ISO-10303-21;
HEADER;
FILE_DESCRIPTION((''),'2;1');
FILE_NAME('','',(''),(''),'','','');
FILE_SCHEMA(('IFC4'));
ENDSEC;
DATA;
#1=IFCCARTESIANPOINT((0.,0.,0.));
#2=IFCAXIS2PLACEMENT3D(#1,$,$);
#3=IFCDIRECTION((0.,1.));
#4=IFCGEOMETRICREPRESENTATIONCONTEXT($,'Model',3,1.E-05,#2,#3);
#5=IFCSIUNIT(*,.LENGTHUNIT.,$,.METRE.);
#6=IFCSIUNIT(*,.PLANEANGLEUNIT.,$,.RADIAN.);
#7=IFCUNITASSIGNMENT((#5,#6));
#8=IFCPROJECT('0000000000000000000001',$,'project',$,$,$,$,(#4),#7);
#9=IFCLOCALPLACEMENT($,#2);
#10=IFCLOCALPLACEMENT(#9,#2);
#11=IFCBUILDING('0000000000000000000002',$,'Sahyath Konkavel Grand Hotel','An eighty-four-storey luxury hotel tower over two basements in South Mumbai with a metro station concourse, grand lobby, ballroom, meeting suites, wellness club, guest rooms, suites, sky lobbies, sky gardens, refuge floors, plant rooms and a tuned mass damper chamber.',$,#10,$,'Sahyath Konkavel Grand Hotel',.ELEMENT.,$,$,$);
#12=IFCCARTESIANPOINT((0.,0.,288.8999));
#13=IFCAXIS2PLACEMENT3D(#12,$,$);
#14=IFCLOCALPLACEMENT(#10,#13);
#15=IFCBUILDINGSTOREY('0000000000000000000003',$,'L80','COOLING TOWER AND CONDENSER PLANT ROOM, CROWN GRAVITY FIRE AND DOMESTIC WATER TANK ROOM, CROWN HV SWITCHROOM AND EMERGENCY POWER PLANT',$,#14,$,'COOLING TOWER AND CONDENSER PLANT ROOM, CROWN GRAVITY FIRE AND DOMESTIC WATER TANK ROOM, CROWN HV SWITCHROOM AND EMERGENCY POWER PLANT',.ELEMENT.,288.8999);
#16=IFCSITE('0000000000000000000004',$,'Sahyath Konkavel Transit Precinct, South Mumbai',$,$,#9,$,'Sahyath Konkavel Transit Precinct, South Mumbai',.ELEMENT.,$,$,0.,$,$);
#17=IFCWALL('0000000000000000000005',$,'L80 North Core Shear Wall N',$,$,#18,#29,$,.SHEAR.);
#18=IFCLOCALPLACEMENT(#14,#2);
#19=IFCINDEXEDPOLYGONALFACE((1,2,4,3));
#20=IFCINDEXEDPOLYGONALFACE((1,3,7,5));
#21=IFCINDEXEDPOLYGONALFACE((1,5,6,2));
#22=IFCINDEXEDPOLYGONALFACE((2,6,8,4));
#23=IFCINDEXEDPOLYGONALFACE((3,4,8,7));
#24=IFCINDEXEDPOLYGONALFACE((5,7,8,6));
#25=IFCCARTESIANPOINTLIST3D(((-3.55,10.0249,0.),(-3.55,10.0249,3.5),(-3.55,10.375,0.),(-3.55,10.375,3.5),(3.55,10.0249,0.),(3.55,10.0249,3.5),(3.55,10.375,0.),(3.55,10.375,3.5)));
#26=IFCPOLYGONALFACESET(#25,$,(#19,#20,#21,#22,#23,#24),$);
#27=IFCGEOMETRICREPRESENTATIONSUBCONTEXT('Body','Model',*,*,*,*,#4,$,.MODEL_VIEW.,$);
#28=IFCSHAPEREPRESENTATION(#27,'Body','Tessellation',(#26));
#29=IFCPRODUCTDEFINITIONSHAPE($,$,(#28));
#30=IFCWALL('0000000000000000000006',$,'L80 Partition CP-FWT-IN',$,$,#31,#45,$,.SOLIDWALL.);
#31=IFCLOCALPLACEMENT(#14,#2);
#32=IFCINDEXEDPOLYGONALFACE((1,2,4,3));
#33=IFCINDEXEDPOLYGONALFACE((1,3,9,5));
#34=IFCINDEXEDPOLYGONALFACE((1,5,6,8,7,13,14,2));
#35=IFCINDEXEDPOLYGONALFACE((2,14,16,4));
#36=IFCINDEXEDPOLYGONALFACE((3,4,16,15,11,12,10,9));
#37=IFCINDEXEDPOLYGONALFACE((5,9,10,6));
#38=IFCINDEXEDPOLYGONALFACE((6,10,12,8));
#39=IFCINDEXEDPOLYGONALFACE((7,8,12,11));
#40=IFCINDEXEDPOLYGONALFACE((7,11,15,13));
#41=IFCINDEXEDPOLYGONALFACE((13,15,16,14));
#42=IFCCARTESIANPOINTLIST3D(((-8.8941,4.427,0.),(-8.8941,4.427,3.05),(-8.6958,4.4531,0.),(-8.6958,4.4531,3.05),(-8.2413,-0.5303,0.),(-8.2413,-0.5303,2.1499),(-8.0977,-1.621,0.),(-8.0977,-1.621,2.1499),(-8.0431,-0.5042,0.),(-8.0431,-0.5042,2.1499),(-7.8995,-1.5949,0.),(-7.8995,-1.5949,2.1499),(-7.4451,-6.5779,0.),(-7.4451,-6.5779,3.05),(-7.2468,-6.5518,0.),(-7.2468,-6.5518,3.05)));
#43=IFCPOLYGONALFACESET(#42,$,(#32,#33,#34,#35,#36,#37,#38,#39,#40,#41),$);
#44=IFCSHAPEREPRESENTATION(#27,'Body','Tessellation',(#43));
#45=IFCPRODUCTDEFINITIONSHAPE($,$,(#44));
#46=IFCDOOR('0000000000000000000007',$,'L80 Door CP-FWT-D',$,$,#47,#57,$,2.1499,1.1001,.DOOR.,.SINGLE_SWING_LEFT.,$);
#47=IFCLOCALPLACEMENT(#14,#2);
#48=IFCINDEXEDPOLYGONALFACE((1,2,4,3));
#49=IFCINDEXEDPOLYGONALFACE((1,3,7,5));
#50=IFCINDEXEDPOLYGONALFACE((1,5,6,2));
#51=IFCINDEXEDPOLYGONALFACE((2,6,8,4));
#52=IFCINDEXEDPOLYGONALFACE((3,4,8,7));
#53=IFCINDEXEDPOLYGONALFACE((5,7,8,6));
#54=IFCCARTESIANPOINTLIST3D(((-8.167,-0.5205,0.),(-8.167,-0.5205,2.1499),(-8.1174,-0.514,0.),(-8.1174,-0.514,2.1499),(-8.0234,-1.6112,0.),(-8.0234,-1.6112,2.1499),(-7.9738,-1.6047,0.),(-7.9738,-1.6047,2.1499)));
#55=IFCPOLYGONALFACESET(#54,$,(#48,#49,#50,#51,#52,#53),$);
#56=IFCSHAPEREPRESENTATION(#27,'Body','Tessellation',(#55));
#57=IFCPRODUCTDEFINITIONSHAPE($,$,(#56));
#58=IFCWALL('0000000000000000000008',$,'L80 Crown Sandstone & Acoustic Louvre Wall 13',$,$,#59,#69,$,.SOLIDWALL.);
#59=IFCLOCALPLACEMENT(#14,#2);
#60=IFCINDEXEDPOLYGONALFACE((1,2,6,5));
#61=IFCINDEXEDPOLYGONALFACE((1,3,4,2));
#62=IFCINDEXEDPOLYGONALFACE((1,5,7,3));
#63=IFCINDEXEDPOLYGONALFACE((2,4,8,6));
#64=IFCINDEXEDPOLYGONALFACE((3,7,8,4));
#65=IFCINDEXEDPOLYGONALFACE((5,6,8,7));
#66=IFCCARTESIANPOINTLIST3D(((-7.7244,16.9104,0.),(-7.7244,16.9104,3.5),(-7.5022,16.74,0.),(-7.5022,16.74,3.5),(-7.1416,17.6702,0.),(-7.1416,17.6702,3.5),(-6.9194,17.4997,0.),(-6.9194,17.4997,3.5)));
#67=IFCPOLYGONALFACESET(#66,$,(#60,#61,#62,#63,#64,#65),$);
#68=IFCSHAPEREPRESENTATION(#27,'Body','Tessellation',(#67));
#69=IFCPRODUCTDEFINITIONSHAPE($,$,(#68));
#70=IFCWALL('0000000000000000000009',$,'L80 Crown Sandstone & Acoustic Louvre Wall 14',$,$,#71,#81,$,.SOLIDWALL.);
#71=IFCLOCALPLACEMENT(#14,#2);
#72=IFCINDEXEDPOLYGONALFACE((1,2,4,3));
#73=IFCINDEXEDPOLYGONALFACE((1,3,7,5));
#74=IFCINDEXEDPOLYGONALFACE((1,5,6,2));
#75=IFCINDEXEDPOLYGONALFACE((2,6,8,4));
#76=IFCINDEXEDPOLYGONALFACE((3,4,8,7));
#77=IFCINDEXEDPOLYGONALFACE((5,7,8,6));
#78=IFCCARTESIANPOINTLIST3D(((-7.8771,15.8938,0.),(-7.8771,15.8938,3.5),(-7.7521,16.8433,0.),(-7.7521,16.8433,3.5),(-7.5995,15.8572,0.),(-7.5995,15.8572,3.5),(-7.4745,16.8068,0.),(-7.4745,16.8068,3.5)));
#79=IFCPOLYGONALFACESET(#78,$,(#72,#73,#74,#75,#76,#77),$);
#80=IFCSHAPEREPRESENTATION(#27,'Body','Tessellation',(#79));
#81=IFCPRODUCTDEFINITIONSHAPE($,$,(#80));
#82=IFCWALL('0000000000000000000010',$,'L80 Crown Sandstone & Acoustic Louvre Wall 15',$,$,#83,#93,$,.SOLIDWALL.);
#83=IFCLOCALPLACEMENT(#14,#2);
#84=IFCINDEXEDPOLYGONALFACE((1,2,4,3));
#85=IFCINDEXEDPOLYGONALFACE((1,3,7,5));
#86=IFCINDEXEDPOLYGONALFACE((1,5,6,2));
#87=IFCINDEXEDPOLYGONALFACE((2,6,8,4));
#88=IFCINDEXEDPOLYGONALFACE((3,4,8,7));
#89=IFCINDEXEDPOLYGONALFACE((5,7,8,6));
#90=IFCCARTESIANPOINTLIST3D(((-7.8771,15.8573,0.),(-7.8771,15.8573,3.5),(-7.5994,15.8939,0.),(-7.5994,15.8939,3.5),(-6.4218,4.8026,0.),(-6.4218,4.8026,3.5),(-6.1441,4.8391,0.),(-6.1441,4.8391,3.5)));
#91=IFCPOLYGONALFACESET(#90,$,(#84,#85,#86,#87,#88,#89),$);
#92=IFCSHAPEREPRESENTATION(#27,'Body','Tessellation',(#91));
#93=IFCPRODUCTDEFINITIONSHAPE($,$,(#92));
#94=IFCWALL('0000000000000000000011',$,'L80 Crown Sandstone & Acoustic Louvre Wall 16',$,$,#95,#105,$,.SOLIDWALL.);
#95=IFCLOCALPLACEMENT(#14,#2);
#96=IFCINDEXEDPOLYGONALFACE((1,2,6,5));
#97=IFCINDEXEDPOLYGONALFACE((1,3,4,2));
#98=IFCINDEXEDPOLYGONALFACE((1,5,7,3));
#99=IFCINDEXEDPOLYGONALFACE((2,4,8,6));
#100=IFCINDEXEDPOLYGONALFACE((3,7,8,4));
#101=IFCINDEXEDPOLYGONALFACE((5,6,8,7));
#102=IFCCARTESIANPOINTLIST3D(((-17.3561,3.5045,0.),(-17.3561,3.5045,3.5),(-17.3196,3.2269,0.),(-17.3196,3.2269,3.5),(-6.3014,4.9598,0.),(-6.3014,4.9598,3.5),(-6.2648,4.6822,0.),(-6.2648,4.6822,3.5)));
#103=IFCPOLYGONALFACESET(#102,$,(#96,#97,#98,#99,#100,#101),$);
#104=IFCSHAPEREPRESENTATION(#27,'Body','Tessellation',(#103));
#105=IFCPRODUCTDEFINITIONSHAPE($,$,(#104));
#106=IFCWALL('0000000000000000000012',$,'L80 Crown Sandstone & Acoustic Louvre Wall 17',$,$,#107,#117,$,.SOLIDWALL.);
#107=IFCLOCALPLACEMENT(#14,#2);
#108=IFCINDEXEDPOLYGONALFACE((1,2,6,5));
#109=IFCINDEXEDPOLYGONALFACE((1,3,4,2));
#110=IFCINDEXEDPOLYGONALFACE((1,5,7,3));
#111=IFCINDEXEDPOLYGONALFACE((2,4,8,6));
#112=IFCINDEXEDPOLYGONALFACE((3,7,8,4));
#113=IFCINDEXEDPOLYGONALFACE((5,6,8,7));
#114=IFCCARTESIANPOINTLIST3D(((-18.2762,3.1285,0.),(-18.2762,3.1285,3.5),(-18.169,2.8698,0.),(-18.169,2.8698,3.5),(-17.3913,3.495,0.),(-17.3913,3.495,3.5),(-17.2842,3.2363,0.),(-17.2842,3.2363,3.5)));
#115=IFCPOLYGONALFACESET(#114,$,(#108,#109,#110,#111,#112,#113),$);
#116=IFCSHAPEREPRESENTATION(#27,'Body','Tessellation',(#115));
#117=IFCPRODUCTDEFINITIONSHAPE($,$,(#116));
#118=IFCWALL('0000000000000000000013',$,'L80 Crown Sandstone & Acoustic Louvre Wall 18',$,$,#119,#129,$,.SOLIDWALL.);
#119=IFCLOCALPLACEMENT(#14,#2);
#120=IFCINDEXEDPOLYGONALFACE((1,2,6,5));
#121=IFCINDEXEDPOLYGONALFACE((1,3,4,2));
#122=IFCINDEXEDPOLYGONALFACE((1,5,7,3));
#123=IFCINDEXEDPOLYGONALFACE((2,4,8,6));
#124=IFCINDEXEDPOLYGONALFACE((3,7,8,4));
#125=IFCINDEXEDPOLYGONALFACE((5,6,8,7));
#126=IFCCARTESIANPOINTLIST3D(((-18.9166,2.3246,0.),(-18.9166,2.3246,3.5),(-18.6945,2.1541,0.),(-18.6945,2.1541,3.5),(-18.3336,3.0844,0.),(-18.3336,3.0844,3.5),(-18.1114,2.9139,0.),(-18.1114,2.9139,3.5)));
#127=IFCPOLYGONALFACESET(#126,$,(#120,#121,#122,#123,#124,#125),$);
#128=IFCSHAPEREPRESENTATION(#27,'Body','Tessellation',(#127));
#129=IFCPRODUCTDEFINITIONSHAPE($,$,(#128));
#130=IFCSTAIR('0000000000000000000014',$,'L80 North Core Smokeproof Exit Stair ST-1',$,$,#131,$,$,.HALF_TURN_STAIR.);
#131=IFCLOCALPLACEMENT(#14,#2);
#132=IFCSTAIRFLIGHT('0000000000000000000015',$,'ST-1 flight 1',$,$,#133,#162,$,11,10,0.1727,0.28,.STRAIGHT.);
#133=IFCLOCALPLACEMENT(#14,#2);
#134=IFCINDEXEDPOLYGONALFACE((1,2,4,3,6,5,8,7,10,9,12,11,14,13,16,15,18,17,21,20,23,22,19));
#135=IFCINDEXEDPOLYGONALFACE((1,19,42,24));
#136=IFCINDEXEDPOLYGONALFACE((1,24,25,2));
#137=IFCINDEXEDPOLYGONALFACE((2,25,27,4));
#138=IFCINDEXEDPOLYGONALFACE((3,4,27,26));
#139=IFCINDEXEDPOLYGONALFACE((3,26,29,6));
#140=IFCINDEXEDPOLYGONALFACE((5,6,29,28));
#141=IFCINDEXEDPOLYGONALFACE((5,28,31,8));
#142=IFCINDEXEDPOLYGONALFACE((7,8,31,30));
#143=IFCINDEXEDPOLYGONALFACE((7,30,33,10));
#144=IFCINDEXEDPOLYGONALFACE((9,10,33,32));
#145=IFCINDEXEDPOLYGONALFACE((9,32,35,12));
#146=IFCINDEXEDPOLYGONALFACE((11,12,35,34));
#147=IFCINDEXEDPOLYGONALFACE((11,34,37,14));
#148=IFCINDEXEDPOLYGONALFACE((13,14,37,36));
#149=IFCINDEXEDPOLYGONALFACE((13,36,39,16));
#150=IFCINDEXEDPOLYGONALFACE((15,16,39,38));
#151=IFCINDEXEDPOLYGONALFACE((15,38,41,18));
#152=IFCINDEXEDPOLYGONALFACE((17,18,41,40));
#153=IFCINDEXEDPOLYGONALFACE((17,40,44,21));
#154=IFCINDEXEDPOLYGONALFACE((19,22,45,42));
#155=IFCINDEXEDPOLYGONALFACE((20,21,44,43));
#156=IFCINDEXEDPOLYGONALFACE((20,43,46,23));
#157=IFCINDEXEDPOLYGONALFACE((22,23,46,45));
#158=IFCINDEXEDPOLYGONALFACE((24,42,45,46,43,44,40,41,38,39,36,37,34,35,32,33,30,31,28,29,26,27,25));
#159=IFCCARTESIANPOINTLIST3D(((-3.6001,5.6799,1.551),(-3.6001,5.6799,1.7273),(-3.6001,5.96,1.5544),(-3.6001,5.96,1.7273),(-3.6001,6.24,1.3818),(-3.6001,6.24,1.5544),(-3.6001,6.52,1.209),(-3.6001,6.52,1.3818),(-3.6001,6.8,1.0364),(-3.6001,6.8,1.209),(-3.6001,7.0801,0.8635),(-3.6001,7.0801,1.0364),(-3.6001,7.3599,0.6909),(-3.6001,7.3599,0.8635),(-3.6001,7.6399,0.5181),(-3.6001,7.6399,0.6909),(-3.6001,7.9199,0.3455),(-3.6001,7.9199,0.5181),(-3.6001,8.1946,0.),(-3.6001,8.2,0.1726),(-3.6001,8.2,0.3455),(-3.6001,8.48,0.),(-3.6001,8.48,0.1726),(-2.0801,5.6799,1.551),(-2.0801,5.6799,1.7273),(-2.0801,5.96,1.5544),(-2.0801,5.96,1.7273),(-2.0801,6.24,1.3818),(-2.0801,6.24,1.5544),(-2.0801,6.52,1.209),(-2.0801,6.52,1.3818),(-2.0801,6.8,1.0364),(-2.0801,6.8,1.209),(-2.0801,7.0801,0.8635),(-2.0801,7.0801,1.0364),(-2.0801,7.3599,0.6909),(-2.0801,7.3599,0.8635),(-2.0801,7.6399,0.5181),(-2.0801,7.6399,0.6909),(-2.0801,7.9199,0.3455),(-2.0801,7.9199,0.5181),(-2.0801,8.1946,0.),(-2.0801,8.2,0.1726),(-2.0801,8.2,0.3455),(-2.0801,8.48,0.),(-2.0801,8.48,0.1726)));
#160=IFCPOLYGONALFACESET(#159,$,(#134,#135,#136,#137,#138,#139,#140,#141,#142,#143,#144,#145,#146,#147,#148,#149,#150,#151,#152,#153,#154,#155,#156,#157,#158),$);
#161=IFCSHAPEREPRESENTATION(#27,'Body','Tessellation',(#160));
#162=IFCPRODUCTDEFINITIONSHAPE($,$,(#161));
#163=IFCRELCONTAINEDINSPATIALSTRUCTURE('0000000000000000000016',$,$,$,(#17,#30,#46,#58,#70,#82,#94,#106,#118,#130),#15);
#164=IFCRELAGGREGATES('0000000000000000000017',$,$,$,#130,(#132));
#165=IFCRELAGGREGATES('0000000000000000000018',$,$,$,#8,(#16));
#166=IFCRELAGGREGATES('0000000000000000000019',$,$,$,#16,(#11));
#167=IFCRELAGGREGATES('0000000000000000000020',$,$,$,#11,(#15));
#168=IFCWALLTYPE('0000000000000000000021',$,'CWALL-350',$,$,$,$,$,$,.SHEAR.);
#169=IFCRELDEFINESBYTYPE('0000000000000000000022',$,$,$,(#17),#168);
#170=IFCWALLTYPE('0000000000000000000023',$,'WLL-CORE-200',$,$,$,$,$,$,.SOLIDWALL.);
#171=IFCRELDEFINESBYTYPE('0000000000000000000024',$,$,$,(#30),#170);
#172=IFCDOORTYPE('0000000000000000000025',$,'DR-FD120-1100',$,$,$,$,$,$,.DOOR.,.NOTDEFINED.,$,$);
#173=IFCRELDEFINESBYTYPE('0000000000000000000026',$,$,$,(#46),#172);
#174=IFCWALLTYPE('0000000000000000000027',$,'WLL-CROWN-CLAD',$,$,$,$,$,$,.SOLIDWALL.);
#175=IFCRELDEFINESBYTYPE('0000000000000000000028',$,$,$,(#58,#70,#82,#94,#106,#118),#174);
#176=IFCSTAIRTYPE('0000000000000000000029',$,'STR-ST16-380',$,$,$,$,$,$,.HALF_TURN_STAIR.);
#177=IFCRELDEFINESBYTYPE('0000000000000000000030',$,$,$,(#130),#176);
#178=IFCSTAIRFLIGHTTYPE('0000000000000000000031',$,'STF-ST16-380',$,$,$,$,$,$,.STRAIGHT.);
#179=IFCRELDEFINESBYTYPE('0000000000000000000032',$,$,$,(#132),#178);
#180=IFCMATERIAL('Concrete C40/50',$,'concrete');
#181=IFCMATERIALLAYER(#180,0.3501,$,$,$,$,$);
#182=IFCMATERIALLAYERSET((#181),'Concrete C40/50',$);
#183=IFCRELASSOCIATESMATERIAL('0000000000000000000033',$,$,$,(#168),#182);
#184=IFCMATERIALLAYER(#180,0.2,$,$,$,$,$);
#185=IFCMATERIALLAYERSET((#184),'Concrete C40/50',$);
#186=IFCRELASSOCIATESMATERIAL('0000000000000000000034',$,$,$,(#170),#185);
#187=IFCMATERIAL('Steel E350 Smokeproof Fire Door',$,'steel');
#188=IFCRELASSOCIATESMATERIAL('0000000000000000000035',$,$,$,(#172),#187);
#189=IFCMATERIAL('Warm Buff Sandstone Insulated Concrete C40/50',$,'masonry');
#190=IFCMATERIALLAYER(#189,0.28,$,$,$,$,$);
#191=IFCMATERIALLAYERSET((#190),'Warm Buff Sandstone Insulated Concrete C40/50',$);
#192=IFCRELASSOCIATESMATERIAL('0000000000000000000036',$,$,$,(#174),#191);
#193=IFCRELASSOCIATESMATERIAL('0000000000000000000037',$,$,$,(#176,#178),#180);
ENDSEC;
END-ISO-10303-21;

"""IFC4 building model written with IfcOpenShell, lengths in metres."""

from ifc_helpers import new_model, si_unit, direction, frame, frame_2d, origin, origin_2d, place, context, subcontext, project, spatial, polyline, rectangle, outline, extrude, source, transform, mapped, material, layer, layer_set, type_object, element, fill, aggregate, save


model = new_model("IFC4")

# Units and contexts
model_context = context("Model", 3, precision=1e-05, world=origin(), true_north=direction((0.0, 1.0)))
body_context = subcontext(model_context, "Body", "Model", "MODEL_VIEW")
ifc_project = project(units=[si_unit("LENGTHUNIT", "METRE"), si_unit("PLANEANGLEUNIT", "RADIAN")], contexts=[model_context])

# Site, building, storey
site_placement = place(None, origin())
site = spatial("IfcSite", under=ifc_project, at=site_placement, Name="Sahyath Konkavel Transit Precinct, South Mumbai", LongName="Sahyath Konkavel Transit Precinct, South Mumbai", CompositionType="ELEMENT", RefElevation=0.0)
building_placement = place(site_placement, origin())
building = spatial("IfcBuilding", under=site, at=building_placement, Name="Sahyath Konkavel Grand Hotel", Description="An eighty-four-storey luxury hotel tower over two basements in South Mumbai with a metro station concourse, grand lobby, ballroom, meeting suites, wellness club, guest rooms, suites, sky lobbies, sky gardens, refuge floors, plant rooms and a tuned mass damper chamber.", LongName="Sahyath Konkavel Grand Hotel", CompositionType="ELEMENT")
storey_placement = place(building_placement, frame((0.0, 0.0, 288.8999)))
storey = spatial("IfcBuildingStorey", under=building, at=storey_placement, Name="L80", Description="COOLING TOWER AND CONDENSER PLANT ROOM, CROWN GRAVITY FIRE AND DOMESTIC WATER TANK ROOM, CROWN HV SWITCHROOM AND EMERGENCY POWER PLANT", LongName="COOLING TOWER AND CONDENSER PLANT ROOM, CROWN GRAVITY FIRE AND DOMESTIC WATER TANK ROOM, CROWN HV SWITCHROOM AND EMERGENCY POWER PLANT", CompositionType="ELEMENT", Elevation=288.8999)

# Shared definitions
ifc_material_1 = material(Name="Concrete C40/50", Category="concrete")

# Wall
ifc_layer_1 = layer(ifc_material_1, 0.3501)
ifc_layer_set_1 = layer_set([ifc_layer_1], Name="Concrete C40/50")
wall_type_1 = type_object("IfcWallType", Name="CWALL-350", PredefinedType="SHEAR", material=ifc_layer_set_1)
wall_1_placement = place(storey_placement, frame((-3.55, 10.2, 0.0), z_axis=(0.0, 0.0, 1.0), x_axis=(1.0, 0.0, 0.0)))
element("IfcWall", 1, at=wall_1_placement, inside=storey, type_object=wall_type_1, Name="L80 North Core Shear Wall N", PredefinedType="SHEAR", context=body_context, shape_type="SweptSolid", body=[
    extrude(rectangle(XDim=7.1001, YDim=0.3501, at=frame_2d((3.55, 0.0))), origin(), (0.0, 0.0, 1.0), 3.5),
])

# Wall, opening, door
ifc_layer_2 = layer(ifc_material_1, 0.2)
ifc_layer_set_2 = layer_set([ifc_layer_2], Name="Concrete C40/50")
wall_type_2 = type_object("IfcWallType", Name="WLL-CORE-200", PredefinedType="SOLIDWALL", material=ifc_layer_set_2)
wall_2_placement = place(storey_placement, frame((-8.7949, 4.4399, 0.0), z_axis=(0.0, 0.0, 1.0), x_axis=(0.13054, -0.991443, 0.0)))
wall_2 = element("IfcWall", 2, at=wall_2_placement, inside=storey, type_object=wall_type_2, Name="L80 Partition CP-FWT-IN", PredefinedType="SOLIDWALL", context=body_context, shape_type="SweptSolid", body=[
    extrude(rectangle(XDim=11.0999, YDim=0.2, at=frame_2d((5.5498, 0.0))), origin(), (0.0, 0.0, 1.0), 3.05),
])
opening_placement = place(wall_2_placement, frame((5.0, 0.0, 0.0)))
opening = element("IfcOpeningElement", 3, at=opening_placement, cuts=wall_2, PredefinedType="OPENING", context=body_context, shape_type="SweptSolid", body=[
    extrude(rectangle(XDim=1.1001, YDim=2.1499, at=frame_2d((0.55, 1.075))), frame((0.0, 0.1099, 0.0), z_axis=(0.0, -1.0, 0.0), x_axis=(1.0, 0.0, 0.0)), (0.0, 0.0, 1.0), 0.22),
])
ifc_material_2 = material(Name="Steel E350 Smokeproof Fire Door", Category="steel")
door_type = type_object("IfcDoorType", Name="DR-FD120-1100", OperationType="NOTDEFINED", PredefinedType="DOOR", material=ifc_material_2)
shared_shape_1 = source(origin(), body_context, "Body", "SweptSolid", [
    extrude(rectangle(XDim=1.1001, YDim=0.05, at=origin_2d()), origin(), (0.0, 0.0, 1.0), 2.1499),
])
door_placement = place(opening_placement, frame((0.55, 0.0, 0.0)))
door = element("IfcDoor", 4, at=door_placement, inside=storey, type_object=door_type, Name="L80 Door CP-FWT-D", OperationType="SINGLE_SWING_LEFT", OverallHeight=2.1499, OverallWidth=1.1001, PredefinedType="DOOR", context=body_context, shape_type="MappedRepresentation", body=[
    mapped(shared_shape_1, transform((0.0, 0.0, 0.0), scale=1.0)),
])
fill(opening, door)

# Walls
ifc_material_3 = material(Name="Warm Buff Sandstone Insulated Concrete C40/50", Category="masonry")
ifc_layer_3 = layer(ifc_material_3, 0.28)
ifc_layer_set_3 = layer_set([ifc_layer_3], Name="Warm Buff Sandstone Insulated Concrete C40/50")
wall_type_3 = type_object("IfcWallType", Name="WLL-CROWN-CLAD", PredefinedType="SOLIDWALL", material=ifc_layer_set_3)
wall_3_placement = place(storey_placement, frame((-7.0305, 17.585, 0.0), z_axis=(0.0, 0.0, 1.0), x_axis=(-0.608614, -0.793467, 0.0)))
element("IfcWall", 5, at=wall_3_placement, inside=storey, type_object=wall_type_3, Name="L80 Crown Sandstone & Acoustic Louvre Wall 13", PredefinedType="SOLIDWALL", context=body_context, shape_type="SweptSolid", body=[
    extrude(rectangle(XDim=0.9575, YDim=0.28, at=frame_2d((0.4788, 0.0))), origin(), (0.0, 0.0, 1.0), 3.5),
])
wall_4_placement = place(storey_placement, frame((-7.6133, 16.8252, 0.0), z_axis=(0.0, 0.0, 1.0), x_axis=(-0.130527, -0.991445, 0.0)))
element("IfcWall", 6, at=wall_4_placement, inside=storey, type_object=wall_type_3, Name="L80 Crown Sandstone & Acoustic Louvre Wall 14", PredefinedType="SOLIDWALL", context=body_context, shape_type="SweptSolid", body=[
    extrude(rectangle(XDim=0.9578, YDim=0.28, at=frame_2d((0.479, 0.0))), origin(), (0.0, 0.0, 1.0), 3.5),
])
for number, where, z_axis, x_axis, name in (
    (7, (-7.7383, 15.8757, 0.0), (0.0, 0.0, 1.0), (0.130521, -0.991445, 0.0), "L80 Crown Sandstone & Acoustic Louvre Wall 15"),
    (8, (-6.283, 4.821, 0.0), (0.0, 0.0, 1.0), (-0.991445, -0.130521, 0.0), "L80 Crown Sandstone & Acoustic Louvre Wall 16"),
):
    element("IfcWall", number, at=place(storey_placement, frame(where, z_axis=z_axis, x_axis=x_axis)), inside=storey, type_object=wall_type_3, Name=name, PredefinedType="SOLIDWALL", context=body_context, shape_type="SweptSolid", body=[
        extrude(rectangle(XDim=11.1501, YDim=0.28, at=frame_2d((5.5752, 0.0))), origin(), (0.0, 0.0, 1.0), 3.5),
    ])
for number, where, z_axis, x_axis, name in (
    (9, (-17.3376, 3.3657, 0.0), (0.0, 0.0, 1.0), (-0.923889, -0.38266, 0.0), "L80 Crown Sandstone & Acoustic Louvre Wall 17"),
    (10, (-18.2224, 2.9993, 0.0), (0.0, 0.0, 1.0), (-0.608774, -0.793344, 0.0), "L80 Crown Sandstone & Acoustic Louvre Wall 18"),
):
    element("IfcWall", number, at=place(storey_placement, frame(where, z_axis=z_axis, x_axis=x_axis)), inside=storey, type_object=wall_type_3, Name=name, PredefinedType="SOLIDWALL", context=body_context, shape_type="SweptSolid", body=[
        extrude(rectangle(XDim=0.9578, YDim=0.28, at=frame_2d((0.479, 0.0))), origin(), (0.0, 0.0, 1.0), 3.5),
    ])

# Stair, stair flight
stair_type = type_object("IfcStairType", Name="STR-ST16-380", PredefinedType="HALF_TURN_STAIR", material=ifc_material_1)
stair_placement = place(storey_placement, origin())
stair = element("IfcStair", 11, at=stair_placement, inside=storey, type_object=stair_type, Name="L80 North Core Smokeproof Exit Stair ST-1", PredefinedType="HALF_TURN_STAIR")
stair_flight_type = type_object("IfcStairFlightType", Name="STF-ST16-380", PredefinedType="STRAIGHT", material=ifc_material_1)
stair_flight_1_placement = place(storey_placement, frame((-2.8401, 8.48, 0.0), z_axis=(0.0, 0.0, 1.0), x_axis=(0.0, -1.0, 0.0)))
stair_flight_1 = element("IfcStairFlight", 12, at=stair_flight_1_placement, type_object=stair_flight_type, Name="ST-1 flight 1", NumberOfRisers=11, NumberOfTreads=10, PredefinedType="STRAIGHT", RiserHeight=0.1727, TreadLength=0.28, context=body_context, shape_type="SweptSolid", body=[
    extrude(outline(polyline([(0.0, 0.0), (0.0, 0.1726), (0.28, 0.1726), (0.28, 0.3455), (0.5601, 0.3455), (0.5601, 0.5181), (0.8401, 0.5181), (0.8401, 0.6909), (1.1201, 0.6909), (1.1201, 0.8635), (1.3999, 0.8635), (1.3999, 1.0364), (1.6799, 1.0364), (1.6799, 1.209), (1.96, 1.209), (1.96, 1.3818), (2.24, 1.3818), (2.24, 1.5544), (2.52, 1.5544), (2.52, 1.7273), (2.8, 1.7273), (2.8, 1.8999), (2.8, 1.551), (0.2854, 0.0), (0.0, 0.0)])), frame((0.0, 0.76, 0.0), z_axis=(0.0, -1.0, 0.0), x_axis=(1.0, 0.0, 0.0)), (0.0, 0.0, 1.0), 1.52),
])
aggregate(stair, [stair_flight_1])

save(model, "model.ifc")
